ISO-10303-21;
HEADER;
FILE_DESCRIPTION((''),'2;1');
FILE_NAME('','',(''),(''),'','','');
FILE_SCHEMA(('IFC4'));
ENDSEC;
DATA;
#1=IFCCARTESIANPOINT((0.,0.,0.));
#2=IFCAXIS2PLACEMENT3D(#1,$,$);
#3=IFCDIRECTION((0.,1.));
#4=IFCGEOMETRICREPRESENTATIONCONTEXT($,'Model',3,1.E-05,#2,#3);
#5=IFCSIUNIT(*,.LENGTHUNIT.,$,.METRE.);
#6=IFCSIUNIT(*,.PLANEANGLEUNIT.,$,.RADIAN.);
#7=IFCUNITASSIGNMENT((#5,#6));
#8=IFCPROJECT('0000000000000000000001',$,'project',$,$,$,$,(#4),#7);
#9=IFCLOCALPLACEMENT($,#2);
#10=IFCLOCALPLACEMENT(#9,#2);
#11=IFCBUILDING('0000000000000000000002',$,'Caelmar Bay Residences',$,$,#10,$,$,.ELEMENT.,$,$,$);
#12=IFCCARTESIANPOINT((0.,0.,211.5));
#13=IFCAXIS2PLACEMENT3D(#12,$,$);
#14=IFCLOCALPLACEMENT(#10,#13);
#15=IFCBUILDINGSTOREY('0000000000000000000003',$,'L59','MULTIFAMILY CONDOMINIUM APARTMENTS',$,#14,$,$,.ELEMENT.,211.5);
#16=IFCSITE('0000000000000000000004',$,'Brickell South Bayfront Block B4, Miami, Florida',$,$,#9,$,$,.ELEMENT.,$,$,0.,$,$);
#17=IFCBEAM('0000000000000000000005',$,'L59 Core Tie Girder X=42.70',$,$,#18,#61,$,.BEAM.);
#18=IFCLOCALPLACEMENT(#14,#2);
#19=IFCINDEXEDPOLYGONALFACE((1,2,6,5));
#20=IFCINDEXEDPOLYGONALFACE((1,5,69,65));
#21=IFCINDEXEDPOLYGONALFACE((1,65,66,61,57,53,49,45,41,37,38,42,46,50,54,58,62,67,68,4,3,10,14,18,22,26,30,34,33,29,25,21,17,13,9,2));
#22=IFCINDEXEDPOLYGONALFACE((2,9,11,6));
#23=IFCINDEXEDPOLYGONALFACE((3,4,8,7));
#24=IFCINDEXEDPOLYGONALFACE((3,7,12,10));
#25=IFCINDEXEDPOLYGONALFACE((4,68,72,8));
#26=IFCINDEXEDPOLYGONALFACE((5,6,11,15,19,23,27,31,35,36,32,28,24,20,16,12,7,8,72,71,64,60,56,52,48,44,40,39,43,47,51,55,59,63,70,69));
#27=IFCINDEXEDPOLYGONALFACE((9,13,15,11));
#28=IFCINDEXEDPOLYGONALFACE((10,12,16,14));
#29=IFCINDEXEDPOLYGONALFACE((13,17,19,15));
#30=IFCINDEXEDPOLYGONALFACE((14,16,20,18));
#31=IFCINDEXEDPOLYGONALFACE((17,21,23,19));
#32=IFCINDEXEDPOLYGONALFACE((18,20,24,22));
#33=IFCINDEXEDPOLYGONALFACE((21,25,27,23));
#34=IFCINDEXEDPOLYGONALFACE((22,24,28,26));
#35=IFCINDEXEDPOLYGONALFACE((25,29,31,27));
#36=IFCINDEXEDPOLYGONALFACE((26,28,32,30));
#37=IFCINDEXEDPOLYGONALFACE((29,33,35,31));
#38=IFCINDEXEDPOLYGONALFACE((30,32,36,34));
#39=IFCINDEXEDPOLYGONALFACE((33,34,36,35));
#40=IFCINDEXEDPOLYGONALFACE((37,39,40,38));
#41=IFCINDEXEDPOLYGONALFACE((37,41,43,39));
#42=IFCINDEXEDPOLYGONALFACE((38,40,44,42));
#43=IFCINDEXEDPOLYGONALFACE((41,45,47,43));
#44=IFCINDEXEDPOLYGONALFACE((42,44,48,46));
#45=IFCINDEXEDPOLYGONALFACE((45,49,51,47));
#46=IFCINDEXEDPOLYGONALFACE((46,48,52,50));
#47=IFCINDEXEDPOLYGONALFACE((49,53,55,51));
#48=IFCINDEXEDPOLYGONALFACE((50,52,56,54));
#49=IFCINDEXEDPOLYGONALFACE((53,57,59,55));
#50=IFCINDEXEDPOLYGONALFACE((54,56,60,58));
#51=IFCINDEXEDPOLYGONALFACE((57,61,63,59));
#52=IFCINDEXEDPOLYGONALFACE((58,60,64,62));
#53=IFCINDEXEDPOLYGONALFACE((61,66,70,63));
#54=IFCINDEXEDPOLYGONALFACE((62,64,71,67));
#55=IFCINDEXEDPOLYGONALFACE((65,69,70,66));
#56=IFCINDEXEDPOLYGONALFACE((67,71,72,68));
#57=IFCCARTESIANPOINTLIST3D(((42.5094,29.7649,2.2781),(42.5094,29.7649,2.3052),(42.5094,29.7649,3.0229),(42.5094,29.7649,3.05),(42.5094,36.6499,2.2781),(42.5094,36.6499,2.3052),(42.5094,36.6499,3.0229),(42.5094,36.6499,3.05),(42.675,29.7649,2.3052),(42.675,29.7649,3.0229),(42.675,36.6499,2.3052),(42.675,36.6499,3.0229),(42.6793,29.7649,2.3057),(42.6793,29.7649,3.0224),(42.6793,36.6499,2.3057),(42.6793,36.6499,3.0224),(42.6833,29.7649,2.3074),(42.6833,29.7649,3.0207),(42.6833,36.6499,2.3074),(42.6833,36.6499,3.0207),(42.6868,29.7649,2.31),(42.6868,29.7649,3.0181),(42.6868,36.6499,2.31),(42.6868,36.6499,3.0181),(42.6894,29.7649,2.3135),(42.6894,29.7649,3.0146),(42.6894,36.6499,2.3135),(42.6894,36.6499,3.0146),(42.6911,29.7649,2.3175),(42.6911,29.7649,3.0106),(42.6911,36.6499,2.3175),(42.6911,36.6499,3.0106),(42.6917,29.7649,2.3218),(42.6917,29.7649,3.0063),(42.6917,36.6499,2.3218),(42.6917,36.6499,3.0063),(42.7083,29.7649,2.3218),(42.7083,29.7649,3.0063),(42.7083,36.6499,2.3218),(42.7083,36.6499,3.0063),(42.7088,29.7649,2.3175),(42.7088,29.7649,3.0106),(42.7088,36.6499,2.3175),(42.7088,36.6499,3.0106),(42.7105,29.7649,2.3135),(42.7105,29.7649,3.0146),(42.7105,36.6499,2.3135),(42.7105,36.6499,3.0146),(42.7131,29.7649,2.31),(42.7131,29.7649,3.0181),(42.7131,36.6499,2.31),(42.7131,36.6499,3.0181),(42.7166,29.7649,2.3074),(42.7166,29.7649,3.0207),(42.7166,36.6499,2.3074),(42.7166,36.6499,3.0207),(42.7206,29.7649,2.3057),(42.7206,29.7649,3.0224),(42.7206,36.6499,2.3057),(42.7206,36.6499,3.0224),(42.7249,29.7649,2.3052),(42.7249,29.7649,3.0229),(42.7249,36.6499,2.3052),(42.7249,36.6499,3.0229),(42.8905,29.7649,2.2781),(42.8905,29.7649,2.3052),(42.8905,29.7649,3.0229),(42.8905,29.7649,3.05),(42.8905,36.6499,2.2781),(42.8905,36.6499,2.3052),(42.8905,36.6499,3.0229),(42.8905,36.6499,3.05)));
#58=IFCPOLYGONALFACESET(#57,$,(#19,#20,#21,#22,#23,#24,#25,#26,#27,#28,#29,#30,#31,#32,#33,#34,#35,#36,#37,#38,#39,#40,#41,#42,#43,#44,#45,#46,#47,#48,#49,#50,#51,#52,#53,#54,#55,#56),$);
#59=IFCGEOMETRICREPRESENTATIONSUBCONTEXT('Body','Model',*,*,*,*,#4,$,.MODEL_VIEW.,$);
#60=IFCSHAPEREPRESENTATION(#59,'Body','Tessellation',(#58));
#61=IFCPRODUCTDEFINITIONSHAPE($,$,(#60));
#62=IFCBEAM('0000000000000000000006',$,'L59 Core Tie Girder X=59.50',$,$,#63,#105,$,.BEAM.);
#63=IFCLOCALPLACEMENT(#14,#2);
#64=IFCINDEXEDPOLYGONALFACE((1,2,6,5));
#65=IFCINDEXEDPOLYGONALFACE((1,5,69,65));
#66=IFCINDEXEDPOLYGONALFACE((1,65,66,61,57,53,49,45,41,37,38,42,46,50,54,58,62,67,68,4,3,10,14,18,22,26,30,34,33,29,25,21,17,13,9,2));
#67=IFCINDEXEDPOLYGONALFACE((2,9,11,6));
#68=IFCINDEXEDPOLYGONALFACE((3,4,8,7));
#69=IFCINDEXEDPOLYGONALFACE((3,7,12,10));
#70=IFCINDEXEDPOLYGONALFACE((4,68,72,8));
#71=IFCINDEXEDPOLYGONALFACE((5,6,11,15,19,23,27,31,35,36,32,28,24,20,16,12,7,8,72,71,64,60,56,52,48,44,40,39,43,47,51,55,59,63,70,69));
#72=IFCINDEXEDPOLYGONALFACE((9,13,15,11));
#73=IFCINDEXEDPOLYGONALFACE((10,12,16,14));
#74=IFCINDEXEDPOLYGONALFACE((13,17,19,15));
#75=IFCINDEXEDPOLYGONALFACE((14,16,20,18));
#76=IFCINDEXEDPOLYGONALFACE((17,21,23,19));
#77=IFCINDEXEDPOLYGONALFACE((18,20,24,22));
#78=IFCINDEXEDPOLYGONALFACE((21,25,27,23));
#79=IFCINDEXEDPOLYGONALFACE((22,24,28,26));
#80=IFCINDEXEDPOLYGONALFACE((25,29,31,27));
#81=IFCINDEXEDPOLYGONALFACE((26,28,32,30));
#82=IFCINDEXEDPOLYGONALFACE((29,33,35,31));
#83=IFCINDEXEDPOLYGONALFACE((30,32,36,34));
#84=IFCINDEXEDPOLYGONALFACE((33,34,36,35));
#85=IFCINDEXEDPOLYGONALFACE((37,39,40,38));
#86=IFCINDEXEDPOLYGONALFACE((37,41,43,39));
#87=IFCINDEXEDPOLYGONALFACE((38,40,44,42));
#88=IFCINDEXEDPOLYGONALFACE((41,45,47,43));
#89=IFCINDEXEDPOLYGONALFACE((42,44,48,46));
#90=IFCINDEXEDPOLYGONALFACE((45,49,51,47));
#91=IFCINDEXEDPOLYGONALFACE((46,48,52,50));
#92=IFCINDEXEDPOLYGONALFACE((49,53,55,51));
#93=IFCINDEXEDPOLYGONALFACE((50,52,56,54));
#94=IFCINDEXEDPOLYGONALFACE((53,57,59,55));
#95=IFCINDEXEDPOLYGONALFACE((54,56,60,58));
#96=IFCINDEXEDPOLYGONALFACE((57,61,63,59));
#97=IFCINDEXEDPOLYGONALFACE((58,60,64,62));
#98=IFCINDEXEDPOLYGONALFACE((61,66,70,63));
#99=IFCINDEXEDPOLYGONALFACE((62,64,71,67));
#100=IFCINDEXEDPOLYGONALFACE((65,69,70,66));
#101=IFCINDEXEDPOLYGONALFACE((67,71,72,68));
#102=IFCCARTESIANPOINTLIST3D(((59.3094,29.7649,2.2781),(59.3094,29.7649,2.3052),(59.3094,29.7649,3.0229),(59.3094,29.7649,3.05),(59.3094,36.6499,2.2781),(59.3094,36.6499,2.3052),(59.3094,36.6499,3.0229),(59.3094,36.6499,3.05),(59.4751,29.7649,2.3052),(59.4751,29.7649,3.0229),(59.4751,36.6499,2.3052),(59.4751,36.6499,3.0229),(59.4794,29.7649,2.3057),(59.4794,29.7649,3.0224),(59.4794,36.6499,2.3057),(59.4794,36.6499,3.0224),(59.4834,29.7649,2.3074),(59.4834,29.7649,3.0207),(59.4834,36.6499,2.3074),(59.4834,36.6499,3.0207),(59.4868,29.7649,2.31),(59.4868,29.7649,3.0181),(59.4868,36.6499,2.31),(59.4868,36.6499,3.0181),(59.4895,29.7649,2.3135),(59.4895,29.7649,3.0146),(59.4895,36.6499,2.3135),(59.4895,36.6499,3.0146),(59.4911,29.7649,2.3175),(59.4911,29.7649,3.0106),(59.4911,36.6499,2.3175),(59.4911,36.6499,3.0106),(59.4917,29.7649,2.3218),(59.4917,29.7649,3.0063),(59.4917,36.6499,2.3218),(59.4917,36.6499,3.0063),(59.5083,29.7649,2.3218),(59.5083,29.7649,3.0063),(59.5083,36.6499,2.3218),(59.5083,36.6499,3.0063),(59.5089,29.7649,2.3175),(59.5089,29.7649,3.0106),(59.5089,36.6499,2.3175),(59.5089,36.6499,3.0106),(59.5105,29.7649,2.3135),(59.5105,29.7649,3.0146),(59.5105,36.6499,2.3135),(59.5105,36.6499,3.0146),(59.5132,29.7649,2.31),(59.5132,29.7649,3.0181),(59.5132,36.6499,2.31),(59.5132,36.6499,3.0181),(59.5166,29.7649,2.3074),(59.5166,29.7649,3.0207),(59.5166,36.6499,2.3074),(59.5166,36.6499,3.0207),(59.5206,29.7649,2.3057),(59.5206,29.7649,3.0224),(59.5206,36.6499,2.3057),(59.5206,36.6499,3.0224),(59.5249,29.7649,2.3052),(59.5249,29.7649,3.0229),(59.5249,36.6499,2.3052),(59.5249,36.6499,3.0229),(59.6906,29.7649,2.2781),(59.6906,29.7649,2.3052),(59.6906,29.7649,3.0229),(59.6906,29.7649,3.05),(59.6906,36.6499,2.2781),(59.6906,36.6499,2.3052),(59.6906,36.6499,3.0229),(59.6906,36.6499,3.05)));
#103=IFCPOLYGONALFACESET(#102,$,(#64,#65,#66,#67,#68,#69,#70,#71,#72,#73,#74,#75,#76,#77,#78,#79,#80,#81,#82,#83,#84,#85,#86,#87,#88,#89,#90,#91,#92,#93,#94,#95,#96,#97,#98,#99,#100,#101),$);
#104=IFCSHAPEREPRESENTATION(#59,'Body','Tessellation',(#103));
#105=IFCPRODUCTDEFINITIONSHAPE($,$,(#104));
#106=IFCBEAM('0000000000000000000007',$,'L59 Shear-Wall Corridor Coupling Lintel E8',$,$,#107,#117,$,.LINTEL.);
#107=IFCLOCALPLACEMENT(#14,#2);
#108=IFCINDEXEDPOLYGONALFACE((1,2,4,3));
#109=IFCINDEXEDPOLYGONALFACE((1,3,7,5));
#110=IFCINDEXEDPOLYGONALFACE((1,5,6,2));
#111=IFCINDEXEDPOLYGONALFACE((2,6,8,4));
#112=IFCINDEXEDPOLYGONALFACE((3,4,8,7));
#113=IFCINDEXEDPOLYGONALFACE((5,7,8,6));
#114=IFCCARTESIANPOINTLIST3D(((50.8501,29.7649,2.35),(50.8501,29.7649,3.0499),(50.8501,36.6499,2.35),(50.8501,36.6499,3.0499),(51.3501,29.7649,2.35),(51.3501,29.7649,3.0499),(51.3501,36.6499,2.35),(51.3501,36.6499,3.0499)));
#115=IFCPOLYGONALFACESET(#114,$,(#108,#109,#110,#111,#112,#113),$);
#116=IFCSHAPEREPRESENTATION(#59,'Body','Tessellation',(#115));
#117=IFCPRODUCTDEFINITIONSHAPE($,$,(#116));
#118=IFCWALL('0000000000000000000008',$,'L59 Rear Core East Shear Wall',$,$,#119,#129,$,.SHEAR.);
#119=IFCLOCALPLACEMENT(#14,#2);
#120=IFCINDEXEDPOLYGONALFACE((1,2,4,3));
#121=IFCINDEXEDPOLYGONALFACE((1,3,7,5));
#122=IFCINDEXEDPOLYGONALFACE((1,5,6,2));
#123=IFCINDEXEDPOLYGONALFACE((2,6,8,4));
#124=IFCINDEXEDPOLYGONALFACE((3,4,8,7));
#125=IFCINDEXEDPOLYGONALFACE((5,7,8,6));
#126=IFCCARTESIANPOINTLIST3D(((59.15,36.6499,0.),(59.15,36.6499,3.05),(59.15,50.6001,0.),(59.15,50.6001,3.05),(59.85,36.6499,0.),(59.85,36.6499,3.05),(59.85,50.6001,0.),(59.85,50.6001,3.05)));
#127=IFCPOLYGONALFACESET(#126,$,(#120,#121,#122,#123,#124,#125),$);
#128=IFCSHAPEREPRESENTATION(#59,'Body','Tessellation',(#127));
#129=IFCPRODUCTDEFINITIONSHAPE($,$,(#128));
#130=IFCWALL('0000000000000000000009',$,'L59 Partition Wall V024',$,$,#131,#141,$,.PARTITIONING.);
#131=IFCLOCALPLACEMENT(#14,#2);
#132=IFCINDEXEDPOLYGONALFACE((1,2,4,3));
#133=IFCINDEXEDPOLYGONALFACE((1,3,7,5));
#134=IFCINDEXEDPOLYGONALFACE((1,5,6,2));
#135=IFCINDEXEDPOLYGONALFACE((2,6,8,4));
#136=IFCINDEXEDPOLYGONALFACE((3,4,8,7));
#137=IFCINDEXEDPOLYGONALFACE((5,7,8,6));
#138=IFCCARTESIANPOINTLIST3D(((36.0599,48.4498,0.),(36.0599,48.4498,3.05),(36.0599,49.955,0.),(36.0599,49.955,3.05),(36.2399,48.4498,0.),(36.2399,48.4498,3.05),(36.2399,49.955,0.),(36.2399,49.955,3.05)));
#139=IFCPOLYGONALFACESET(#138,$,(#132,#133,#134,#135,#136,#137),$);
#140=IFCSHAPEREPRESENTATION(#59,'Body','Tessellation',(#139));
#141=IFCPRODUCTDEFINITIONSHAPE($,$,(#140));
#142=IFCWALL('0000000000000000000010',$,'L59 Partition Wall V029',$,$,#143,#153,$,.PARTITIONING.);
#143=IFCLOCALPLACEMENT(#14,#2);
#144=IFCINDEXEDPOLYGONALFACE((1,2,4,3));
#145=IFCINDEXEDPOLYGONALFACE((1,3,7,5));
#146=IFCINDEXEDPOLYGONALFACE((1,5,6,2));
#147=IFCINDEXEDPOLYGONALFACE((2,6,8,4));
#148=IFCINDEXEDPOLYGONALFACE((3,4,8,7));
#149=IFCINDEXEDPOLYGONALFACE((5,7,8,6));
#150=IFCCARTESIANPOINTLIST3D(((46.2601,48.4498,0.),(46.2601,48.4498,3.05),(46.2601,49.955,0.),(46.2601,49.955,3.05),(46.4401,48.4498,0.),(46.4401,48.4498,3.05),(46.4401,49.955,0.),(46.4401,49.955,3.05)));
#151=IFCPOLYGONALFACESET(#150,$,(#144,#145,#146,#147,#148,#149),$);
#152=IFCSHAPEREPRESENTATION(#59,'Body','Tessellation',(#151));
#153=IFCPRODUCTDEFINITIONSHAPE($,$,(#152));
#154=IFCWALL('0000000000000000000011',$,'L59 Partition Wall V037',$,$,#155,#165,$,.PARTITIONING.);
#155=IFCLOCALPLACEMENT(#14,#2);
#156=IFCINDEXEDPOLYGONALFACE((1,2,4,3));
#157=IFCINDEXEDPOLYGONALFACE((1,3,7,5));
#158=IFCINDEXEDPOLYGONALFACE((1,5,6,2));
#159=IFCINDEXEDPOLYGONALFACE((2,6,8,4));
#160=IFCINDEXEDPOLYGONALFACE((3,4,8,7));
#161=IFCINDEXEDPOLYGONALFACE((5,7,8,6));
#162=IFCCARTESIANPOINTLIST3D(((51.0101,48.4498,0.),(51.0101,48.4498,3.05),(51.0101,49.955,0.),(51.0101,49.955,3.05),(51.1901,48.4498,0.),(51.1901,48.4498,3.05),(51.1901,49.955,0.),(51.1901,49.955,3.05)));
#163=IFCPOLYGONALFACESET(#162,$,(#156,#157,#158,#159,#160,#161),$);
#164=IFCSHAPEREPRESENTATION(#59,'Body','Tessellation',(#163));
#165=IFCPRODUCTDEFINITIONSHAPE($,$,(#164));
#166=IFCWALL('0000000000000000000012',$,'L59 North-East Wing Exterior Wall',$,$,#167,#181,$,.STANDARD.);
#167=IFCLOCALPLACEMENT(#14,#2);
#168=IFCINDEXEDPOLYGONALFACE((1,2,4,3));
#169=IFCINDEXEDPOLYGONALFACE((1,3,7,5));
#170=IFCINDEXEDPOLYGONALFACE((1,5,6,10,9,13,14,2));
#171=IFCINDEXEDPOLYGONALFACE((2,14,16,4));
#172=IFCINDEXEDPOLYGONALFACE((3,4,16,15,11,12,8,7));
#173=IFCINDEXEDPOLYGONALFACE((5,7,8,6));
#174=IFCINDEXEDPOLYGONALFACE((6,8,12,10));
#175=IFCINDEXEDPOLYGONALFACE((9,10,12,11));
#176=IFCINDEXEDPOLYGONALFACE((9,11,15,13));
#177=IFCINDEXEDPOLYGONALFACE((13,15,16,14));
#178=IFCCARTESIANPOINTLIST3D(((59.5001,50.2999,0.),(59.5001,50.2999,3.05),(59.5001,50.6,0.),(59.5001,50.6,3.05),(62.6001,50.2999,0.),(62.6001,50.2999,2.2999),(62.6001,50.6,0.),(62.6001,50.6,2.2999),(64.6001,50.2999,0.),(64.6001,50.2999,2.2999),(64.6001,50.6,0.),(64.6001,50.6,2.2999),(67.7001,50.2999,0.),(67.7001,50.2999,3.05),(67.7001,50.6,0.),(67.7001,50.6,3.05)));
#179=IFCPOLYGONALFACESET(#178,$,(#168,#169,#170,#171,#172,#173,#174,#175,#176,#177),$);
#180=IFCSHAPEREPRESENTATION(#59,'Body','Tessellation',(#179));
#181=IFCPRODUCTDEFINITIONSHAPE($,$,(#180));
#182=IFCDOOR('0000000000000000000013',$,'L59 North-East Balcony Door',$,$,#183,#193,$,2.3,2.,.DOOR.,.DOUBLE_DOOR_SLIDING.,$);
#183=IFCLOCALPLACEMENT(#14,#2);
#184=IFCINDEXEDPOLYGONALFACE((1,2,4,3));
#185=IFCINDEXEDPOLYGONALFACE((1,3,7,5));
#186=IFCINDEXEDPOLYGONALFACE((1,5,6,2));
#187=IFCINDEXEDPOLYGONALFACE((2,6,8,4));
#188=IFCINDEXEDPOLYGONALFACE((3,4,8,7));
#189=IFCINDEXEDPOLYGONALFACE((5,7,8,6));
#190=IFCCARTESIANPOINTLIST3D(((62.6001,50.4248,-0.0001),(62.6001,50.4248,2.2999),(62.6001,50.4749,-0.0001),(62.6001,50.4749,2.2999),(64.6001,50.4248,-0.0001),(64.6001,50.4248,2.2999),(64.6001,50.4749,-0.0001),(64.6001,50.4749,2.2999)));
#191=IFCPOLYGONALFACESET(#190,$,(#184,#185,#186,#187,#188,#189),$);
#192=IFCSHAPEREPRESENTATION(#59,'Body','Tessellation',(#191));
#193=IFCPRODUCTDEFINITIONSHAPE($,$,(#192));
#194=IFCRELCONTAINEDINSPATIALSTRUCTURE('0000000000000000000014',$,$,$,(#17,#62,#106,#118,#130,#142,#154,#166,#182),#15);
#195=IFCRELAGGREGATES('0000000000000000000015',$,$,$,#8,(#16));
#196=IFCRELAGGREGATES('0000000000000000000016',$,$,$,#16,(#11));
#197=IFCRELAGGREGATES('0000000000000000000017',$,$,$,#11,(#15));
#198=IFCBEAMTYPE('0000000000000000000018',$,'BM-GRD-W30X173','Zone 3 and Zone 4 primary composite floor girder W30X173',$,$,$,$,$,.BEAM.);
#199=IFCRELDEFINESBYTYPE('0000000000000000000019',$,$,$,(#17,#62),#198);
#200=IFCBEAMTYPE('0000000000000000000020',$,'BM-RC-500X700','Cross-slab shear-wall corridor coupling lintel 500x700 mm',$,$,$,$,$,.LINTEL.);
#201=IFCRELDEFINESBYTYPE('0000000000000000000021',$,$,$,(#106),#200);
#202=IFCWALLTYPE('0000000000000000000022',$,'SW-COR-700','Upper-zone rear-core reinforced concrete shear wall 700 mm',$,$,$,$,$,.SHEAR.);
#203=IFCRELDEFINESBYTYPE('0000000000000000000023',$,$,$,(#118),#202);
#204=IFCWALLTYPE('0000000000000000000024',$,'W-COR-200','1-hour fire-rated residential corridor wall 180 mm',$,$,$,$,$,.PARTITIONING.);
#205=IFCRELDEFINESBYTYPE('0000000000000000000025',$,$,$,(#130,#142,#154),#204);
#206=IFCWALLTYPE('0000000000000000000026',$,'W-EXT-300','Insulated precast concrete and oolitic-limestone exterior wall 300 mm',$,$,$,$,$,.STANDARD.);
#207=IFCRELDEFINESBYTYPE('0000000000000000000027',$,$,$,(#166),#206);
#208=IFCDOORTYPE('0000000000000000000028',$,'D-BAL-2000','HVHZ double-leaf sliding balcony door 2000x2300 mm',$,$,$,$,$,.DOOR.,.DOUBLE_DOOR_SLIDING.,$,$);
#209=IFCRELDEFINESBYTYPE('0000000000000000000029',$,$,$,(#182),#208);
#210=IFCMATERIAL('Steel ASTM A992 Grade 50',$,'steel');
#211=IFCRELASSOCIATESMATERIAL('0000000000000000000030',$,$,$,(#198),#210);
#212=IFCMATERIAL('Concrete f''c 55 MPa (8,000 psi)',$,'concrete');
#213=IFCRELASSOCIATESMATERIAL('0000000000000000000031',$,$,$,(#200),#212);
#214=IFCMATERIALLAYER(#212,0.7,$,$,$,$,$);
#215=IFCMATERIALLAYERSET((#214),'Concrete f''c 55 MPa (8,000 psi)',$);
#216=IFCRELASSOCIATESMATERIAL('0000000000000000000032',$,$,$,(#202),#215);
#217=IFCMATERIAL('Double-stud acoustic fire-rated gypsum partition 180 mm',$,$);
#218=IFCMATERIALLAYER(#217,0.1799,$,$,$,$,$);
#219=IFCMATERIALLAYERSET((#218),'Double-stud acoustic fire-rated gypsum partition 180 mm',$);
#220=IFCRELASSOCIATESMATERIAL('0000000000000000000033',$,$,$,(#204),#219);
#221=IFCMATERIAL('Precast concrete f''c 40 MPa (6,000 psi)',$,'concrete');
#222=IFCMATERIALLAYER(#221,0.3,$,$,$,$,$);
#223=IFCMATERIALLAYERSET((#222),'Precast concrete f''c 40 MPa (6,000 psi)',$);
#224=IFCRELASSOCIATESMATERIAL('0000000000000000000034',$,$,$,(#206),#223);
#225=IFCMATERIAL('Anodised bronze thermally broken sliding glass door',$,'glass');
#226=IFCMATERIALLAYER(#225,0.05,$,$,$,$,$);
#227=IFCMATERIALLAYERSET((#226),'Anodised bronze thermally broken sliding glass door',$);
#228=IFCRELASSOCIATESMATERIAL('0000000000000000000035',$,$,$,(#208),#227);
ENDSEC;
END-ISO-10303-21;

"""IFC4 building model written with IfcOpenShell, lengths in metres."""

from ifc_helpers import new_model, si_unit, direction, frame, frame_2d, origin, origin_2d, place, context, subcontext, project, spatial, rectangle, i_section, extrude, material, layer, layer_set, material_profile, profile_set, type_object, element, fill, save


model = new_model("IFC4")

# Units and contexts
model_context = context("Model", 3, precision=1e-05, world=origin(), true_north=direction((0.0, 1.0)))
body_context = subcontext(model_context, "Body", "Model", "MODEL_VIEW")
ifc_project = project(units=[si_unit("LENGTHUNIT", "METRE"), si_unit("PLANEANGLEUNIT", "RADIAN")], contexts=[model_context])

# Site, building, storey
site_placement = place(None, origin())
site = spatial("IfcSite", under=ifc_project, at=site_placement, Name="Brickell South Bayfront Block B4, Miami, Florida", CompositionType="ELEMENT", RefElevation=0.0)
building_placement = place(site_placement, origin())
building = spatial("IfcBuilding", under=site, at=building_placement, Name="Caelmar Bay Residences", CompositionType="ELEMENT")
storey_placement = place(building_placement, frame((0.0, 0.0, 211.5)))
storey = spatial("IfcBuildingStorey", under=building, at=storey_placement, Name="L59", Description="MULTIFAMILY CONDOMINIUM APARTMENTS", CompositionType="ELEMENT", Elevation=211.5)

# Beams
ifc_material_1 = material(Name="Steel ASTM A992 Grade 50", Category="steel")
ifc_material_profile_1 = material_profile(ifc_material_1, i_section(OverallWidth=0.3811, OverallDepth=0.772, WebThickness=0.0166, FlangeThickness=0.0271, FilletRadius=0.0166, at=origin_2d()), Name="W30X173")
ifc_profile_set_1 = profile_set([ifc_material_profile_1], Name="Steel ASTM A992 Grade 50")
beam_type_1 = type_object("IfcBeamType", Name="BM-GRD-W30X173", Description="Zone 3 and Zone 4 primary composite floor girder W30X173", PredefinedType="BEAM", material=ifc_profile_set_1)
for number, where, z_axis, x_axis, name in (
    (1, (42.7, 29.7649, 2.6641), (0.0, 1.0, 0.0), (-1.0, 0.0, 0.0), "L59 Core Tie Girder X=42.70"),
    (2, (59.5, 29.7649, 2.6641), (0.0, 1.0, 0.0), (-1.0, 0.0, 0.0), "L59 Core Tie Girder X=59.50"),
):
    element("IfcBeam", number, at=place(storey_placement, frame(where, z_axis=z_axis, x_axis=x_axis)), inside=storey, type_object=beam_type_1, Name=name, PredefinedType="BEAM", context=body_context, shape_type="SweptSolid", body=[
        extrude(i_section(OverallWidth=0.3811, OverallDepth=0.772, WebThickness=0.0166, FlangeThickness=0.0271, FilletRadius=0.0166, at=origin_2d()), origin(), (0.0, 0.0, 1.0), 6.885),
    ])
ifc_material_2 = material(Name="Concrete f'c 55 MPa (8,000 psi)", Category="concrete")
ifc_material_profile_2 = material_profile(ifc_material_2, rectangle(XDim=0.5, YDim=0.7, at=origin_2d()), Name="RC-BM-500X700")
ifc_profile_set_2 = profile_set([ifc_material_profile_2], Name="Concrete f'c 55 MPa (8,000 psi)")
beam_type_2 = type_object("IfcBeamType", Name="BM-RC-500X700", Description="Cross-slab shear-wall corridor coupling lintel 500x700 mm", PredefinedType="LINTEL", material=ifc_profile_set_2)
beam_placement = place(storey_placement, frame((51.1001, 29.7649, 2.7), z_axis=(0.0, 1.0, 0.0), x_axis=(-1.0, 0.0, 0.0)))
element("IfcBeam", 3, at=beam_placement, inside=storey, type_object=beam_type_2, Name="L59 Shear-Wall Corridor Coupling Lintel E8", PredefinedType="LINTEL", context=body_context, shape_type="SweptSolid", body=[
    extrude(rectangle(XDim=0.5, YDim=0.7, at=origin_2d()), origin(), (0.0, 0.0, 1.0), 6.885),
])

# Wall
ifc_layer_1 = layer(ifc_material_2, 0.7)
ifc_layer_set_1 = layer_set([ifc_layer_1], Name="Concrete f'c 55 MPa (8,000 psi)")
wall_type_1 = type_object("IfcWallType", Name="SW-COR-700", Description="Upper-zone rear-core reinforced concrete shear wall 700 mm", PredefinedType="SHEAR", material=ifc_layer_set_1)
wall_1_placement = place(storey_placement, frame((59.5, 36.6499, 0.0), z_axis=(0.0, 0.0, 1.0), x_axis=(0.0, 1.0, 0.0)))
element("IfcWall", 4, at=wall_1_placement, inside=storey, type_object=wall_type_1, Name="L59 Rear Core East Shear Wall", PredefinedType="SHEAR", context=body_context, shape_type="SweptSolid", body=[
    extrude(rectangle(XDim=13.9502, YDim=0.7, at=frame_2d((6.9751, 0.0))), origin(), (0.0, 0.0, 1.0), 3.05),
])

# Walls
ifc_material_3 = material(Name="Double-stud acoustic fire-rated gypsum partition 180 mm")
ifc_layer_2 = layer(ifc_material_3, 0.1799)
ifc_layer_set_2 = layer_set([ifc_layer_2], Name="Double-stud acoustic fire-rated gypsum partition 180 mm")
wall_type_2 = type_object("IfcWallType", Name="W-COR-200", Description="1-hour fire-rated residential corridor wall 180 mm", PredefinedType="PARTITIONING", material=ifc_layer_set_2)
for number, where, z_axis, x_axis, name in (
    (5, (36.1499, 48.45, 0.0), (0.0, 0.0, 1.0), (0.0, 1.0, 0.0), "L59 Partition Wall V024"),
    (6, (46.3501, 48.45, 0.0), (0.0, 0.0, 1.0), (0.0, 1.0, 0.0), "L59 Partition Wall V029"),
    (7, (51.1001, 48.45, 0.0), (0.0, 0.0, 1.0), (0.0, 1.0, 0.0), "L59 Partition Wall V037"),
):
    element("IfcWall", number, at=place(storey_placement, frame(where, z_axis=z_axis, x_axis=x_axis)), inside=storey, type_object=wall_type_2, Name=name, PredefinedType="PARTITIONING", context=body_context, shape_type="SweptSolid", body=[
        extrude(rectangle(XDim=1.5051, YDim=0.1799, at=frame_2d((0.7524, 0.0))), origin(), (0.0, 0.0, 1.0), 3.05),
    ])

# Wall, opening, door
ifc_material_4 = material(Name="Precast concrete f'c 40 MPa (6,000 psi)", Category="concrete")
ifc_layer_3 = layer(ifc_material_4, 0.3)
ifc_layer_set_3 = layer_set([ifc_layer_3], Name="Precast concrete f'c 40 MPa (6,000 psi)")
wall_type_3 = type_object("IfcWallType", Name="W-EXT-300", Description="Insulated precast concrete and oolitic-limestone exterior wall 300 mm", PredefinedType="STANDARD", material=ifc_layer_set_3)
wall_2_placement = place(storey_placement, frame((59.5, 50.45, 0.0), z_axis=(0.0, 0.0, 1.0), x_axis=(1.0, 0.0, 0.0)))
wall_2 = element("IfcWall", 8, at=wall_2_placement, inside=storey, type_object=wall_type_3, Name="L59 North-East Wing Exterior Wall", PredefinedType="STANDARD", context=body_context, shape_type="SweptSolid", body=[
    extrude(rectangle(XDim=8.2, YDim=0.3, at=frame_2d((4.1001, 0.0))), origin(), (0.0, 0.0, 1.0), 3.05),
])
opening_1_placement = place(wall_2_placement, frame((3.1001, 0.0, 0.0)))
opening_1 = element("IfcOpeningElement", 9, at=opening_1_placement, cuts=wall_2, PredefinedType="OPENING", context=body_context, shape_type="SweptSolid", body=[
    extrude(rectangle(XDim=2.0, YDim=2.3, at=frame_2d((1.0, 1.1499))), frame((0.0, 0.1599, 0.0), z_axis=(0.0, -1.0, 0.0), x_axis=(1.0, 0.0, 0.0)), (0.0, 0.0, 1.0), 0.3201),
])
ifc_material_5 = material(Name="Anodised bronze thermally broken sliding glass door", Category="glass")
ifc_layer_4 = layer(ifc_material_5, 0.05)
ifc_layer_set_4 = layer_set([ifc_layer_4], Name="Anodised bronze thermally broken sliding glass door")
door_type_1 = type_object("IfcDoorType", Name="D-BAL-2000", Description="HVHZ double-leaf sliding balcony door 2000x2300 mm", OperationType="DOUBLE_DOOR_SLIDING", PredefinedType="DOOR", material=ifc_layer_set_4)
door_1_placement = place(opening_1_placement, origin())
door_1 = element("IfcDoor", 10, at=door_1_placement, inside=storey, type_object=door_type_1, Name="L59 North-East Balcony Door", OperationType="DOUBLE_DOOR_SLIDING", OverallHeight=2.3, OverallWidth=2.0, PredefinedType="DOOR", context=body_context, shape_type="SweptSolid", body=[
    extrude(rectangle(XDim=2.0, YDim=2.3, at=frame_2d((1.0, 1.1499))), frame((0.0, 0.0249, 0.0), z_axis=(0.0, -1.0, 0.0), x_axis=(1.0, 0.0, 0.0)), (0.0, 0.0, 1.0), 0.05),
])
fill(opening_1, door_1)

save(model, "model.ifc")
